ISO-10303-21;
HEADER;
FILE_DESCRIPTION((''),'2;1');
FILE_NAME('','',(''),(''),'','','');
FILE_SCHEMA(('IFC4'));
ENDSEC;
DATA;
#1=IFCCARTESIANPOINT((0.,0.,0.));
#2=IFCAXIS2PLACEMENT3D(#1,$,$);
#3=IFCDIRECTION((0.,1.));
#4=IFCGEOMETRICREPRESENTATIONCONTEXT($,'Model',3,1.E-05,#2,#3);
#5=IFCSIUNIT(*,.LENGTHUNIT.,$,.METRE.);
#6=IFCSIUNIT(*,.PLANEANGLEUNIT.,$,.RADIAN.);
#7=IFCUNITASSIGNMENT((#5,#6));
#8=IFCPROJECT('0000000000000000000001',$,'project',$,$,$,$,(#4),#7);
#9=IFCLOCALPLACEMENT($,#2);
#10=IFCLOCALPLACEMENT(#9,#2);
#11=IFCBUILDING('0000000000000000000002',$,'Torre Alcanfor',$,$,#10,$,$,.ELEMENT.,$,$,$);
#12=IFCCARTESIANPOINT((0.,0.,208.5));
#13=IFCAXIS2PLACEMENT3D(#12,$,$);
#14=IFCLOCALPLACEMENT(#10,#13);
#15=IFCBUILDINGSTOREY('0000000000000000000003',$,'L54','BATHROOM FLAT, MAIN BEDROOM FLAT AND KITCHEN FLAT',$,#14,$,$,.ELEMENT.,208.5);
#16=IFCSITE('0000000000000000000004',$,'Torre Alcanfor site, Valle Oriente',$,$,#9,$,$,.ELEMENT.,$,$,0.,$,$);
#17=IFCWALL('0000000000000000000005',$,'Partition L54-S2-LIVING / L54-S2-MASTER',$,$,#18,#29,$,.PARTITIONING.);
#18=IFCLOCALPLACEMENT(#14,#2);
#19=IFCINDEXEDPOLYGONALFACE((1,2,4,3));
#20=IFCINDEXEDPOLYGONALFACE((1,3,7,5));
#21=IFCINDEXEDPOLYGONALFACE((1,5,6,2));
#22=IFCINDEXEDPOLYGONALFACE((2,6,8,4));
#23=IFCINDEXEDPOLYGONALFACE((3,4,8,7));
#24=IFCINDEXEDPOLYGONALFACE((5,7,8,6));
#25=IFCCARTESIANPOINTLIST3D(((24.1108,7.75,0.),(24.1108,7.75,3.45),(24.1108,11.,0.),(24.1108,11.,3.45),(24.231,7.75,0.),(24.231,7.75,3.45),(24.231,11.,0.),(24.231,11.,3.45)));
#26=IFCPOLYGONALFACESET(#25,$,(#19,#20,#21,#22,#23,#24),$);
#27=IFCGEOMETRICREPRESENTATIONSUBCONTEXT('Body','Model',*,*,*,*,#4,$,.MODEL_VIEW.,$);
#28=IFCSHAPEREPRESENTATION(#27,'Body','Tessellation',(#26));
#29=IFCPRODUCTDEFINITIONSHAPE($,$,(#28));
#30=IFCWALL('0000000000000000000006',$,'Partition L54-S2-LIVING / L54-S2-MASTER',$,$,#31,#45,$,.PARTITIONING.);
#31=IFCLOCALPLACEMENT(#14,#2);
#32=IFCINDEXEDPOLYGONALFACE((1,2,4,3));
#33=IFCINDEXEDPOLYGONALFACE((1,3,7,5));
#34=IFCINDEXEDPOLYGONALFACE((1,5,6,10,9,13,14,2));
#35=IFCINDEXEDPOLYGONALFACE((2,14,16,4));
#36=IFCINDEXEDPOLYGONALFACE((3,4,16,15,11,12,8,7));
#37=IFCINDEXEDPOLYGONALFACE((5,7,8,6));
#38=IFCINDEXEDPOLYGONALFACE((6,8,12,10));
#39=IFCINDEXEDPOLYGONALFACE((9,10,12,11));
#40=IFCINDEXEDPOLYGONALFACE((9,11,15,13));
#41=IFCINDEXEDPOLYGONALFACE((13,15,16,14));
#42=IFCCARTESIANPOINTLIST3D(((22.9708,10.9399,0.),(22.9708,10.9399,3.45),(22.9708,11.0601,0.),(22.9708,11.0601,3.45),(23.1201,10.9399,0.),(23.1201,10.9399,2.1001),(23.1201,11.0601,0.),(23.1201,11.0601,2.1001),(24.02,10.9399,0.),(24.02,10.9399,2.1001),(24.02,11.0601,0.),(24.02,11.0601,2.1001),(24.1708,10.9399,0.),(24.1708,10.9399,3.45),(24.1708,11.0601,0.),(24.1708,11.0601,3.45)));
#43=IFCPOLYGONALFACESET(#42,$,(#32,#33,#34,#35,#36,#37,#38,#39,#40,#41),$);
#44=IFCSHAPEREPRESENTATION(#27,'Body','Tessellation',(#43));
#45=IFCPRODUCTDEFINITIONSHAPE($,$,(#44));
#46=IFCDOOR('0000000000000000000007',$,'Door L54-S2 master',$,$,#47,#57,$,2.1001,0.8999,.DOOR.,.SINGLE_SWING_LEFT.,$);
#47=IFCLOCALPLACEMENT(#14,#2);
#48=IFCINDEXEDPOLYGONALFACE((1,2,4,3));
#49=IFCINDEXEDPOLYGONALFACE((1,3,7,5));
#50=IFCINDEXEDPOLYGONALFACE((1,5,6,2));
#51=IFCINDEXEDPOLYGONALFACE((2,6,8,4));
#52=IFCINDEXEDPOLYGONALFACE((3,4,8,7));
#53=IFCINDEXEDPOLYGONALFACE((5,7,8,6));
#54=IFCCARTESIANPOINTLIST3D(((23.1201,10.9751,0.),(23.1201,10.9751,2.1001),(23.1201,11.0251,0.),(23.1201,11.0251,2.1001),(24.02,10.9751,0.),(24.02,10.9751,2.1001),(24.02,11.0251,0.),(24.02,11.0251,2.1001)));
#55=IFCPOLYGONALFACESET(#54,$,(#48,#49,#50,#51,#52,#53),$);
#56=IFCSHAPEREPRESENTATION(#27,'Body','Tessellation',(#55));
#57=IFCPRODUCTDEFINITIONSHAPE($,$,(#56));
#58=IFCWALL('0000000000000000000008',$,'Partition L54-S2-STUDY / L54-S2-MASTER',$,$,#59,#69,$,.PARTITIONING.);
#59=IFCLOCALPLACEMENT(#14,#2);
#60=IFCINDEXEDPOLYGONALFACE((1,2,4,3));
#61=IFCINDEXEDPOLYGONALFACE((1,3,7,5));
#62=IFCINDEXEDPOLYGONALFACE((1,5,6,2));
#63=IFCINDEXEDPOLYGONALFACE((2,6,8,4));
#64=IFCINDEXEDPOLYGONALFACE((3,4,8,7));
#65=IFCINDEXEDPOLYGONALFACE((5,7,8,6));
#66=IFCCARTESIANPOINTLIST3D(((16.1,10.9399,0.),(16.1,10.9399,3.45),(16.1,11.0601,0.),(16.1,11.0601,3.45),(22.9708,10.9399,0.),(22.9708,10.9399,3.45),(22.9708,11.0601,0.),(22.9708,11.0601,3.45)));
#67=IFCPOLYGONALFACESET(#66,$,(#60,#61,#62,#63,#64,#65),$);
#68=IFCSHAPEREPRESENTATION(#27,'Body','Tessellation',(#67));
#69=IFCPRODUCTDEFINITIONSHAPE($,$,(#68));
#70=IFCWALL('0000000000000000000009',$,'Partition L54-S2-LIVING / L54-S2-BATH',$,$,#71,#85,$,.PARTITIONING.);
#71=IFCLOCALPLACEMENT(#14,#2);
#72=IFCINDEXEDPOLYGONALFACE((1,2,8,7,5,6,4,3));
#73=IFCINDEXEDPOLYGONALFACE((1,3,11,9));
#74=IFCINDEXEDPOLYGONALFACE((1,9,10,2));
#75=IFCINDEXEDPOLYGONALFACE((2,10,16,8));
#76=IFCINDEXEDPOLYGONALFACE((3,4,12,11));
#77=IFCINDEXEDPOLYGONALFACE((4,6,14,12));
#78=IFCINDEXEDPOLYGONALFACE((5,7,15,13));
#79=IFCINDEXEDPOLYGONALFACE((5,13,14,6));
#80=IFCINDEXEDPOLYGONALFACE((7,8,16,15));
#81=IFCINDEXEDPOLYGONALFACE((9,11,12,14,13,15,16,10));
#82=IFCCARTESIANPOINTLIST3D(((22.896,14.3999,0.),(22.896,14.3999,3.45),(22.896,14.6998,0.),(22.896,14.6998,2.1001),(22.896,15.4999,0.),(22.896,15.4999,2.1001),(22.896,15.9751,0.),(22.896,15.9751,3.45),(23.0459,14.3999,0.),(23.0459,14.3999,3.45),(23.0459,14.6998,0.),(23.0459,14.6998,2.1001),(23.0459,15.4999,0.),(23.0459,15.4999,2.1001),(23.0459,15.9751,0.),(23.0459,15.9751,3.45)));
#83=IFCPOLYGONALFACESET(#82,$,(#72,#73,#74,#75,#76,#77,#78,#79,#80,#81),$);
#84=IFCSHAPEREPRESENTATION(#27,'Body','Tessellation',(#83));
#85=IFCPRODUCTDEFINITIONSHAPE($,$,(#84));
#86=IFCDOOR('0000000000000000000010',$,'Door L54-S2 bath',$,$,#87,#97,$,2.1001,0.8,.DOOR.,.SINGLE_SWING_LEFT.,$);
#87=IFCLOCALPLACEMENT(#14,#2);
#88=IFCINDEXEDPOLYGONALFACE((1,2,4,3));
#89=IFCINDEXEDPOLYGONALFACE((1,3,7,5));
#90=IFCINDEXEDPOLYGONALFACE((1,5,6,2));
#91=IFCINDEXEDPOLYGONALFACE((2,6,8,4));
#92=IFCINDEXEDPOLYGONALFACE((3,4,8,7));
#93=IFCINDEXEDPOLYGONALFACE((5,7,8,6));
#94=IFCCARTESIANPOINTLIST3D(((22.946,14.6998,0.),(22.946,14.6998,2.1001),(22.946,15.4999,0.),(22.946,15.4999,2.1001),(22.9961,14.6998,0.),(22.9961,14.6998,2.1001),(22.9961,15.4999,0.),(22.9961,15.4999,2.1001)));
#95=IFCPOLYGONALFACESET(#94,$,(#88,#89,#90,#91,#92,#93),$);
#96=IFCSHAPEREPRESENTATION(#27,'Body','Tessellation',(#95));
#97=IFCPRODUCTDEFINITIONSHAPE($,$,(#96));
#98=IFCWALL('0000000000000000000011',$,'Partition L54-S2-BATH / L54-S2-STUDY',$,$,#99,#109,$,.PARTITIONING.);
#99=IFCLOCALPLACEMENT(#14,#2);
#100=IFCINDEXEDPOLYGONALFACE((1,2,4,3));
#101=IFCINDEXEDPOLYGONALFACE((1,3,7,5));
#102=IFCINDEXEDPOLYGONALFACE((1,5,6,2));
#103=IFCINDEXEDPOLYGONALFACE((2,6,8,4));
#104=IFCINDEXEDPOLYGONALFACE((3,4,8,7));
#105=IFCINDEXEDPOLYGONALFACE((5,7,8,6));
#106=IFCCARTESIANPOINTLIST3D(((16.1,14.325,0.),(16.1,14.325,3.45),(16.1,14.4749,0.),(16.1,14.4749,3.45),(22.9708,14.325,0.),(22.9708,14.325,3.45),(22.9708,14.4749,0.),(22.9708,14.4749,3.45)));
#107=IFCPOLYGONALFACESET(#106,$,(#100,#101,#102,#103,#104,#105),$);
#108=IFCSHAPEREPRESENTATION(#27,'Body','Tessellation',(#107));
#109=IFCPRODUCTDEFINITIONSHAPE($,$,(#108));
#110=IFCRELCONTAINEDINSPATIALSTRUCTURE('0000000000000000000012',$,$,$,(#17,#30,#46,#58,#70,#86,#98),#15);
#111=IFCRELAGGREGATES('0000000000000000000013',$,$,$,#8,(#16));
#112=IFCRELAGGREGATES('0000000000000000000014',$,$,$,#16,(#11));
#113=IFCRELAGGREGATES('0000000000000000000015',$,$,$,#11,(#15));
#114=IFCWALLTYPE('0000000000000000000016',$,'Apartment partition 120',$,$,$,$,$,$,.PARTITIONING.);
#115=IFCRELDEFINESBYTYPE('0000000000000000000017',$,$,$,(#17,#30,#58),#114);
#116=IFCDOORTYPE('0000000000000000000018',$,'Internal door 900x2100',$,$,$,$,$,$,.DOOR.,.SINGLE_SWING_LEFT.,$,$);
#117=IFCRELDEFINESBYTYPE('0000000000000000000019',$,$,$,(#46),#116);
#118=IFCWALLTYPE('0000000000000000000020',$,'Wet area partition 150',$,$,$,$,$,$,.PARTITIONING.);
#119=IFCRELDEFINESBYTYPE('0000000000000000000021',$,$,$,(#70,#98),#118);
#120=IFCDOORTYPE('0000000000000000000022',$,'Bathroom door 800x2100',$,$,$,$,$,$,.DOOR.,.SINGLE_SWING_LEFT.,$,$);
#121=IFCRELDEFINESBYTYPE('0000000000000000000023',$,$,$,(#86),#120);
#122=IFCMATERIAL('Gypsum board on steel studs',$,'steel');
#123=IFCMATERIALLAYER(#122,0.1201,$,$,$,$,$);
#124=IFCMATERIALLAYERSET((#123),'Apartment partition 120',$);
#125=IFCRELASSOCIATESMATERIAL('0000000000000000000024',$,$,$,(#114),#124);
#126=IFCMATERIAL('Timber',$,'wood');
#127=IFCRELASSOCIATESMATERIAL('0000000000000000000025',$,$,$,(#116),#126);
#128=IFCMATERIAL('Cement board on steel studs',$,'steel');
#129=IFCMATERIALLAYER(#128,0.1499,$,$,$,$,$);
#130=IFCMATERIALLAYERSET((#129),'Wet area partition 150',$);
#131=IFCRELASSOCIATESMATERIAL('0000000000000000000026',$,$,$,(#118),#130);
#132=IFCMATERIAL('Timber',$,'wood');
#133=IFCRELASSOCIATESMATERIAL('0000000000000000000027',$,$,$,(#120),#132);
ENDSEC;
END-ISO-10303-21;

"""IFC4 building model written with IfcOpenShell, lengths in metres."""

from ifc_helpers import new_model, si_unit, direction, frame, frame_2d, origin, place, context, subcontext, project, spatial, rectangle, extrude, material, layer, layer_set, type_object, element, fill, save


model = new_model("IFC4")

# Units and contexts
model_context = context("Model", 3, precision=1e-05, world=origin(), true_north=direction((0.0, 1.0)))
body_context = subcontext(model_context, "Body", "Model", "MODEL_VIEW")
ifc_project = project(units=[si_unit("LENGTHUNIT", "METRE"), si_unit("PLANEANGLEUNIT", "RADIAN")], contexts=[model_context])

# Site, building, storey
site_placement = place(None, origin())
site = spatial("IfcSite", under=ifc_project, at=site_placement, Name="Torre Alcanfor site, Valle Oriente", CompositionType="ELEMENT", RefElevation=0.0)
building_placement = place(site_placement, origin())
building = spatial("IfcBuilding", under=site, at=building_placement, Name="Torre Alcanfor", CompositionType="ELEMENT")
storey_placement = place(building_placement, frame((0.0, 0.0, 208.5)))
storey = spatial("IfcBuildingStorey", under=building, at=storey_placement, Name="L54", Description="BATHROOM FLAT, MAIN BEDROOM FLAT AND KITCHEN FLAT", CompositionType="ELEMENT", Elevation=208.5)

# Shared definitions
ifc_material_1 = material(Name="Gypsum board on steel studs", Category="steel")
ifc_layer_1 = layer(ifc_material_1, 0.1201)
ifc_layer_set_1 = layer_set([ifc_layer_1], Name="Apartment partition 120")
wall_type_1 = type_object("IfcWallType", Name="Apartment partition 120", PredefinedType="PARTITIONING", material=ifc_layer_set_1)
ifc_material_2 = material(Name="Timber", Category="wood")
door_type_1 = type_object("IfcDoorType", Name="Internal door 900x2100", OperationType="SINGLE_SWING_LEFT", PredefinedType="DOOR", material=ifc_material_2)

# Wall
wall_1_placement = place(storey_placement, frame((24.1709, 7.75, 0.0), z_axis=(0.0, 0.0, 1.0), x_axis=(0.0, 1.0, 0.0)))
element("IfcWall", 1, at=wall_1_placement, inside=storey, type_object=wall_type_1, Name="Partition L54-S2-LIVING / L54-S2-MASTER", PredefinedType="PARTITIONING", context=body_context, shape_type="SweptSolid", body=[
    extrude(rectangle(XDim=3.25, YDim=0.1201, at=frame_2d((1.625, 0.0))), origin(), (0.0, 0.0, 1.0), 3.45),
])

# Wall, opening, door
wall_2_placement = place(storey_placement, frame((24.1709, 11.0, 0.0), z_axis=(0.0, 0.0, 1.0), x_axis=(-1.0, 0.0, 0.0)))
wall_2 = element("IfcWall", 2, at=wall_2_placement, inside=storey, type_object=wall_type_1, Name="Partition L54-S2-LIVING / L54-S2-MASTER", PredefinedType="PARTITIONING", context=body_context, shape_type="SweptSolid", body=[
    extrude(rectangle(XDim=1.2, YDim=0.1201, at=frame_2d((0.6001, 0.0))), origin(), (0.0, 0.0, 1.0), 3.45),
])
opening_1_placement = place(wall_2_placement, frame((0.1509, 0.0, 0.0)))
opening_1 = element("IfcOpeningElement", 3, at=opening_1_placement, cuts=wall_2, PredefinedType="OPENING", context=body_context, shape_type="SweptSolid", body=[
    extrude(rectangle(XDim=0.8999, YDim=2.1001, at=frame_2d((0.45, 1.05))), frame((0.0, 0.0701, 0.0), z_axis=(0.0, -1.0, 0.0), x_axis=(1.0, 0.0, 0.0)), (0.0, 0.0, 1.0), 0.1401),
])
door_1_placement = place(opening_1_placement, origin())
door_1 = element("IfcDoor", 4, at=door_1_placement, inside=storey, type_object=door_type_1, Name="Door L54-S2 master", OperationType="SINGLE_SWING_LEFT", OverallHeight=2.1001, OverallWidth=0.8999, PredefinedType="DOOR", context=body_context, shape_type="SweptSolid", body=[
    extrude(rectangle(XDim=0.8999, YDim=2.1001, at=frame_2d((0.45, 1.05))), frame((0.0, 0.0249, 0.0), z_axis=(0.0, -1.0, 0.0), x_axis=(1.0, 0.0, 0.0)), (0.0, 0.0, 1.0), 0.05),
])
fill(opening_1, door_1)

# Wall
wall_3_placement = place(storey_placement, frame((22.9709, 11.0, 0.0), z_axis=(0.0, 0.0, 1.0), x_axis=(-1.0, 0.0, 0.0)))
element("IfcWall", 5, at=wall_3_placement, inside=storey, type_object=wall_type_1, Name="Partition L54-S2-STUDY / L54-S2-MASTER", PredefinedType="PARTITIONING", context=body_context, shape_type="SweptSolid", body=[
    extrude(rectangle(XDim=6.8708, YDim=0.1201, at=frame_2d((3.4355, 0.0))), origin(), (0.0, 0.0, 1.0), 3.45),
])

# Wall, opening, door
ifc_material_3 = material(Name="Cement board on steel studs", Category="steel")
ifc_layer_2 = layer(ifc_material_3, 0.1499)
ifc_layer_set_2 = layer_set([ifc_layer_2], Name="Wet area partition 150")
wall_type_2 = type_object("IfcWallType", Name="Wet area partition 150", PredefinedType="PARTITIONING", material=ifc_layer_set_2)
wall_4_placement = place(storey_placement, frame((22.9709, 14.3999, 0.0), z_axis=(0.0, 0.0, 1.0), x_axis=(0.0, 1.0, 0.0)))
wall_4 = element("IfcWall", 6, at=wall_4_placement, inside=storey, type_object=wall_type_2, Name="Partition L54-S2-LIVING / L54-S2-BATH", PredefinedType="PARTITIONING", context=body_context, shape_type="SweptSolid", body=[
    extrude(rectangle(XDim=1.5752, YDim=0.1499, at=frame_2d((0.7876, 0.0))), origin(), (0.0, 0.0, 1.0), 3.45),
])
opening_2_placement = place(wall_4_placement, frame((0.3, 0.0, 0.0)))
opening_2 = element("IfcOpeningElement", 7, at=opening_2_placement, cuts=wall_4, PredefinedType="OPENING", context=body_context, shape_type="SweptSolid", body=[
    extrude(rectangle(XDim=0.8, YDim=2.1001, at=frame_2d((0.3999, 1.05))), frame((0.0, 0.085, 0.0), z_axis=(0.0, -1.0, 0.0), x_axis=(1.0, 0.0, 0.0)), (0.0, 0.0, 1.0), 0.1699),
])
ifc_material_4 = material(Name="Timber", Category="wood")
door_type_2 = type_object("IfcDoorType", Name="Bathroom door 800x2100", OperationType="SINGLE_SWING_LEFT", PredefinedType="DOOR", material=ifc_material_4)
door_2_placement = place(opening_2_placement, origin())
door_2 = element("IfcDoor", 8, at=door_2_placement, inside=storey, type_object=door_type_2, Name="Door L54-S2 bath", OperationType="SINGLE_SWING_LEFT", OverallHeight=2.1001, OverallWidth=0.8, PredefinedType="DOOR", context=body_context, shape_type="SweptSolid", body=[
    extrude(rectangle(XDim=0.8, YDim=2.1001, at=frame_2d((0.3999, 1.05))), frame((0.0, 0.0249, 0.0), z_axis=(0.0, -1.0, 0.0), x_axis=(1.0, 0.0, 0.0)), (0.0, 0.0, 1.0), 0.05),
])
fill(opening_2, door_2)

# Wall
wall_5_placement = place(storey_placement, frame((22.9709, 14.3999, 0.0), z_axis=(0.0, 0.0, 1.0), x_axis=(-1.0, 0.0, 0.0)))
element("IfcWall", 9, at=wall_5_placement, inside=storey, type_object=wall_type_2, Name="Partition L54-S2-BATH / L54-S2-STUDY", PredefinedType="PARTITIONING", context=body_context, shape_type="SweptSolid", body=[
    extrude(rectangle(XDim=6.8708, YDim=0.1499, at=frame_2d((3.4355, 0.0))), origin(), (0.0, 0.0, 1.0), 3.45),
])

save(model, "model.ifc")
